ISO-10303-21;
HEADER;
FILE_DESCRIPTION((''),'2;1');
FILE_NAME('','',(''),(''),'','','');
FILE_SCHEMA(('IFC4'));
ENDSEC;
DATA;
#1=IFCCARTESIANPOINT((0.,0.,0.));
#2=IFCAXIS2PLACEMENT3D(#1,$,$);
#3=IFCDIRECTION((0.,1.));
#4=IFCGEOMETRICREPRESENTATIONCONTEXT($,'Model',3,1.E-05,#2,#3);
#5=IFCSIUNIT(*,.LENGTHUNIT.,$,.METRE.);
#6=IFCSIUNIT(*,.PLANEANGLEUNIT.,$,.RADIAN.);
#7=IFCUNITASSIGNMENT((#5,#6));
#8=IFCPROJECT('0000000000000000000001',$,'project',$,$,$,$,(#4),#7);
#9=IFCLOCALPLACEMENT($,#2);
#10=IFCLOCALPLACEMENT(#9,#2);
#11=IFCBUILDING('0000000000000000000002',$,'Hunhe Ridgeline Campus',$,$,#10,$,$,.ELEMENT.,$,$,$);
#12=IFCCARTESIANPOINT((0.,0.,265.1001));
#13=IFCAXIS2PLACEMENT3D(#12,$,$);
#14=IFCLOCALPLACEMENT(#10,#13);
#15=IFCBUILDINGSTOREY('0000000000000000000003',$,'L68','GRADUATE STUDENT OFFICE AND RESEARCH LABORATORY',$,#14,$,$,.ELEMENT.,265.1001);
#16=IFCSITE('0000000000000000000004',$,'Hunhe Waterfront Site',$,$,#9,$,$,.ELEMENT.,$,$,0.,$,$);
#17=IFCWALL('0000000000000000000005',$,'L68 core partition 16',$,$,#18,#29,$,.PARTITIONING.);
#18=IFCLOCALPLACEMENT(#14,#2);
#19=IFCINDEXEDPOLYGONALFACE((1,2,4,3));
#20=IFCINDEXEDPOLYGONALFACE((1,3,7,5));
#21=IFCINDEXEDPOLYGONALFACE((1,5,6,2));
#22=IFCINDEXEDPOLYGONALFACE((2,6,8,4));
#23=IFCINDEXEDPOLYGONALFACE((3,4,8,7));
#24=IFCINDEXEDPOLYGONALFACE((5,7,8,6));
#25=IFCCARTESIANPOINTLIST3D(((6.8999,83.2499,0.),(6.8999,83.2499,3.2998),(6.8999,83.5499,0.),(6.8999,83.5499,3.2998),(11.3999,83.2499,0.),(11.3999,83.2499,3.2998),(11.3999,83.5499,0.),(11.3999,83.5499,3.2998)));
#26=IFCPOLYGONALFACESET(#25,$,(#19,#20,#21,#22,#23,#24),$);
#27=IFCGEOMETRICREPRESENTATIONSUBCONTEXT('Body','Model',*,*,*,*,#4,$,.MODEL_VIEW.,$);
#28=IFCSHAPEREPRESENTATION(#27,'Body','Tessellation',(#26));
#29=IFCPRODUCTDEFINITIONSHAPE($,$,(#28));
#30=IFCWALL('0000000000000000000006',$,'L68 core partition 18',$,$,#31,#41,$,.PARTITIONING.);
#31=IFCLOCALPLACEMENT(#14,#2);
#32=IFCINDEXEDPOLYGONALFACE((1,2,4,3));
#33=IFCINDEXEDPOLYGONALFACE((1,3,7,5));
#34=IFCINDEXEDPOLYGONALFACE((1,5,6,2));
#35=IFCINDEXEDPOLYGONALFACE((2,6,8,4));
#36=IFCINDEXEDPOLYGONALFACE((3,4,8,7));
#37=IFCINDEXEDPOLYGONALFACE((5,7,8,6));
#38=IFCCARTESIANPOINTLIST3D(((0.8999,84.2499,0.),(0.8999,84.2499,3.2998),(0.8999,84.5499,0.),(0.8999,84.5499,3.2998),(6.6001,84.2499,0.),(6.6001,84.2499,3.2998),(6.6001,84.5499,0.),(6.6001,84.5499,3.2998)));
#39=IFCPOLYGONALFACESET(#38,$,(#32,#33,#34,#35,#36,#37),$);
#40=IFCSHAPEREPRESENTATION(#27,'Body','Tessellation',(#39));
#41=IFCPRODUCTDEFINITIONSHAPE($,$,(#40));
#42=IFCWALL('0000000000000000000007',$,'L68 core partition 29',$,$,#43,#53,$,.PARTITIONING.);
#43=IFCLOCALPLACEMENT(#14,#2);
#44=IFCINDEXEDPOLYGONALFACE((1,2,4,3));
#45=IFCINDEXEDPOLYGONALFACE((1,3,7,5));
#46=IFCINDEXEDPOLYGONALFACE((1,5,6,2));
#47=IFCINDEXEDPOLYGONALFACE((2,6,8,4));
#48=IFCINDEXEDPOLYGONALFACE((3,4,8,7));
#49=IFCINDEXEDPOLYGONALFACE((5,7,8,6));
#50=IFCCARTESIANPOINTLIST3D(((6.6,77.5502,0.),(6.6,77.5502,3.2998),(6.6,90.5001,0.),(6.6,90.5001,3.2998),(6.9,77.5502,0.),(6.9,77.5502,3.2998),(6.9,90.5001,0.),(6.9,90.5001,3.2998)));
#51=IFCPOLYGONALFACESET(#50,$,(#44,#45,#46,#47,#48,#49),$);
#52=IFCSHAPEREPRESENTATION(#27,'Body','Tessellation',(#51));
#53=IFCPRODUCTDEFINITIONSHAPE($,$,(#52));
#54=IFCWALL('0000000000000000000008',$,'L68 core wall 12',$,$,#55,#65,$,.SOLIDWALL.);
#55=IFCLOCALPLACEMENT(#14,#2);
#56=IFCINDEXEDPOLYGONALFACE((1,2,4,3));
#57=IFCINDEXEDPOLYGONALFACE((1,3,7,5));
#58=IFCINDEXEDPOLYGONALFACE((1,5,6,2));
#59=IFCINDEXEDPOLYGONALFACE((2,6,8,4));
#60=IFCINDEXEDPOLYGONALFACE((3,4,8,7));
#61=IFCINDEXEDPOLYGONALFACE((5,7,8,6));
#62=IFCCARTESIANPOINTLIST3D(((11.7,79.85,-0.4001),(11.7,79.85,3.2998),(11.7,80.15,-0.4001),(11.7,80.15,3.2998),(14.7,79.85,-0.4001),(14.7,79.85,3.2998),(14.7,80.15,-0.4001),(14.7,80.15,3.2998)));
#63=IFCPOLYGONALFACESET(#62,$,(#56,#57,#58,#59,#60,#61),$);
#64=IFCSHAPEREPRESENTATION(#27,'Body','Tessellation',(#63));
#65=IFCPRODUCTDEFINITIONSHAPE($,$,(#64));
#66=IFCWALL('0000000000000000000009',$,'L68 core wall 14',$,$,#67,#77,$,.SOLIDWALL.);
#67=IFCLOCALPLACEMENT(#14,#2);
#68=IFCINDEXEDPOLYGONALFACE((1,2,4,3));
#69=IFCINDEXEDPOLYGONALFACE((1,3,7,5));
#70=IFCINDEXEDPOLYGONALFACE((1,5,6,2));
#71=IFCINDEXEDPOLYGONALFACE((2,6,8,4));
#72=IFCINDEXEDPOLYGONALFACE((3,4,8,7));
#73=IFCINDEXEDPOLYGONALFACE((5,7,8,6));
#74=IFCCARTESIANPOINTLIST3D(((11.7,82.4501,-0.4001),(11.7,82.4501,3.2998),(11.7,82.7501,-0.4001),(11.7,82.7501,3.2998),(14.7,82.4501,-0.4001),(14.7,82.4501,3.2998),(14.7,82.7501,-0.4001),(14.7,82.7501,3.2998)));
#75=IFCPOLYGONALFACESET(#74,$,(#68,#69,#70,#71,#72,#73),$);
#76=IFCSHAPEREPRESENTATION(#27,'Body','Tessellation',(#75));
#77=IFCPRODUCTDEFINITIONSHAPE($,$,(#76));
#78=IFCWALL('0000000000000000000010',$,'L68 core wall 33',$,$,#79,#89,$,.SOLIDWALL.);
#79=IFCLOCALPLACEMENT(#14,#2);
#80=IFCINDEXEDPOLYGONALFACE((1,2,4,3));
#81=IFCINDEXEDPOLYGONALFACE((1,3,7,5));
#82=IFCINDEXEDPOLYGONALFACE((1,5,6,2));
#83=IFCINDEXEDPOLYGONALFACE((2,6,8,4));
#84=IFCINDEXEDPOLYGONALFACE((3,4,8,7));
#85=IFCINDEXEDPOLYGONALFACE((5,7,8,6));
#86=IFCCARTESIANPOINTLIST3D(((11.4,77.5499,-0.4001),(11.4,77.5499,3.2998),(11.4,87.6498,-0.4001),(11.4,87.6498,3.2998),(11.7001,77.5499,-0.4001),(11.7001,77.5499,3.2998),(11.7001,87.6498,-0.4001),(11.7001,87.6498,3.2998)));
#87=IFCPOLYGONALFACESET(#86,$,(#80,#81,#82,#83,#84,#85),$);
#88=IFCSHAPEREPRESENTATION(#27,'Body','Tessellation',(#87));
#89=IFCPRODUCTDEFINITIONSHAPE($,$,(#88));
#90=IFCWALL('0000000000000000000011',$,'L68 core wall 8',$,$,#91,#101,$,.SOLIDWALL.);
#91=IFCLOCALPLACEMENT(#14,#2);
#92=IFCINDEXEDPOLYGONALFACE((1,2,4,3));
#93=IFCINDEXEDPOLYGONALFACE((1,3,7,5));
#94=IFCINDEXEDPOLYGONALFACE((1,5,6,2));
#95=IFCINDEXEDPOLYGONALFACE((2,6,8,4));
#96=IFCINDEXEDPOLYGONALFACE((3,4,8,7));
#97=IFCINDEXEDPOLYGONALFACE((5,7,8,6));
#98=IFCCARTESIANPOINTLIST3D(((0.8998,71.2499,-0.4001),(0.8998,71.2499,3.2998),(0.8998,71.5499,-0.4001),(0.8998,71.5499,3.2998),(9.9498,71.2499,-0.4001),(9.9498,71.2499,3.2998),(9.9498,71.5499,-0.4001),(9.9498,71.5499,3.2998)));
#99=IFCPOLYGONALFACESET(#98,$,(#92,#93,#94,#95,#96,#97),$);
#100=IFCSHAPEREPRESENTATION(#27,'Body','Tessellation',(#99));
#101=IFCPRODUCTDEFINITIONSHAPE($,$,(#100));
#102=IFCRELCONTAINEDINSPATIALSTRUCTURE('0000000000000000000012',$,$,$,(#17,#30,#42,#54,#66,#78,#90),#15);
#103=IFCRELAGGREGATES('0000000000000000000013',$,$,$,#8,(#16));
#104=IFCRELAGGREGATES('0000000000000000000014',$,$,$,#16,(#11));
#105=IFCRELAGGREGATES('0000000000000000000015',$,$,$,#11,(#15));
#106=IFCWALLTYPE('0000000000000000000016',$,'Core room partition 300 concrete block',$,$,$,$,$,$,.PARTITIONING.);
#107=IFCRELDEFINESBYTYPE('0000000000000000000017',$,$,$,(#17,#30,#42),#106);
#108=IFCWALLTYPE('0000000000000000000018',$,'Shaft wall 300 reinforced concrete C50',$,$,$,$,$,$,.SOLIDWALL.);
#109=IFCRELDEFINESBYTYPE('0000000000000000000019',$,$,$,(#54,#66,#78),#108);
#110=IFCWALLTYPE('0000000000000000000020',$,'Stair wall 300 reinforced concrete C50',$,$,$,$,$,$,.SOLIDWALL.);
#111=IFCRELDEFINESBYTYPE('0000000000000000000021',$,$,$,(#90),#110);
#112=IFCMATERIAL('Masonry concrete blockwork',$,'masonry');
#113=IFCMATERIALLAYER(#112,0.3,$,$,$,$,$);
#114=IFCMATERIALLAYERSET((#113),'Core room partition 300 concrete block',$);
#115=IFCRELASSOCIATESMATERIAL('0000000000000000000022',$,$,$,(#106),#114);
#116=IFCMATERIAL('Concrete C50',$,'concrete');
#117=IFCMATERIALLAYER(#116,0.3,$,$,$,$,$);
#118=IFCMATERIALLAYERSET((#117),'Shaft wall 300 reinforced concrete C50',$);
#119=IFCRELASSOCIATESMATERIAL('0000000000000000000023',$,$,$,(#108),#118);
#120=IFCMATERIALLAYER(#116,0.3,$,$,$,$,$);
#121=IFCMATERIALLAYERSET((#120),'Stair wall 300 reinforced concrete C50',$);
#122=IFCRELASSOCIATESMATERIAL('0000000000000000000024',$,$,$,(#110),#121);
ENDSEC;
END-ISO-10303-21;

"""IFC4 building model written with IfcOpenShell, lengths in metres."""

from ifc_helpers import new_model, si_unit, direction, frame, frame_2d, origin, place, context, subcontext, project, spatial, rectangle, extrude, material, layer, layer_set, type_object, element, save


model = new_model("IFC4")

# Units and contexts
model_context = context("Model", 3, precision=1e-05, world=origin(), true_north=direction((0.0, 1.0)))
body_context = subcontext(model_context, "Body", "Model", "MODEL_VIEW")
ifc_project = project(units=[si_unit("LENGTHUNIT", "METRE"), si_unit("PLANEANGLEUNIT", "RADIAN")], contexts=[model_context])

# Site, building, storey
site_placement = place(None, origin())
site = spatial("IfcSite", under=ifc_project, at=site_placement, Name="Hunhe Waterfront Site", CompositionType="ELEMENT", RefElevation=0.0)
building_placement = place(site_placement, origin())
building = spatial("IfcBuilding", under=site, at=building_placement, Name="Hunhe Ridgeline Campus", CompositionType="ELEMENT")
storey_placement = place(building_placement, frame((0.0, 0.0, 265.1001)))
storey = spatial("IfcBuildingStorey", under=building, at=storey_placement, Name="L68", Description="GRADUATE STUDENT OFFICE AND RESEARCH LABORATORY", CompositionType="ELEMENT", Elevation=265.1001)

# Shared definitions
ifc_material_1 = material(Name="Masonry concrete blockwork", Category="masonry")
ifc_layer_1 = layer(ifc_material_1, 0.3)
ifc_layer_set_1 = layer_set([ifc_layer_1], Name="Core room partition 300 concrete block")
wall_type_1 = type_object("IfcWallType", Name="Core room partition 300 concrete block", PredefinedType="PARTITIONING", material=ifc_layer_set_1)

# Walls
wall_1_placement = place(storey_placement, frame((6.8999, 83.3999, 0.0), z_axis=(0.0, 0.0, 1.0), x_axis=(1.0, 0.0, 0.0)))
element("IfcWall", 1, at=wall_1_placement, inside=storey, type_object=wall_type_1, Name="L68 core partition 16", PredefinedType="PARTITIONING", context=body_context, shape_type="SweptSolid", body=[
    extrude(rectangle(XDim=4.5, YDim=0.3, at=frame_2d((2.25, 0.0))), origin(), (0.0, 0.0, 1.0), 3.2998),
])
wall_2_placement = place(storey_placement, frame((0.8999, 84.3999, 0.0), z_axis=(0.0, 0.0, 1.0), x_axis=(1.0, 0.0, 0.0)))
element("IfcWall", 2, at=wall_2_placement, inside=storey, type_object=wall_type_1, Name="L68 core partition 18", PredefinedType="PARTITIONING", context=body_context, shape_type="SweptSolid", body=[
    extrude(rectangle(XDim=5.7002, YDim=0.3, at=frame_2d((2.8501, 0.0))), origin(), (0.0, 0.0, 1.0), 3.2998),
])
wall_3_placement = place(storey_placement, frame((6.75, 77.55, 0.0), z_axis=(0.0, 0.0, 1.0), x_axis=(0.0, 1.0, 0.0)))
element("IfcWall", 3, at=wall_3_placement, inside=storey, type_object=wall_type_1, Name="L68 core partition 29", PredefinedType="PARTITIONING", context=body_context, shape_type="SweptSolid", body=[
    extrude(rectangle(XDim=12.95, YDim=0.3, at=frame_2d((6.4751, 0.0))), origin(), (0.0, 0.0, 1.0), 3.2998),
])

# Shared definitions
ifc_material_2 = material(Name="Concrete C50", Category="concrete")
ifc_layer_2 = layer(ifc_material_2, 0.3)
ifc_layer_set_2 = layer_set([ifc_layer_2], Name="Shaft wall 300 reinforced concrete C50")
wall_type_2 = type_object("IfcWallType", Name="Shaft wall 300 reinforced concrete C50", PredefinedType="SOLIDWALL", material=ifc_layer_set_2)

# Walls
for number, where, z_axis, x_axis, name in (
    (4, (11.7, 80.0, -0.4001), (0.0, 0.0, 1.0), (1.0, 0.0, 0.0), "L68 core wall 12"),
    (5, (11.7, 82.6001, -0.4001), (0.0, 0.0, 1.0), (1.0, 0.0, 0.0), "L68 core wall 14"),
):
    element("IfcWall", number, at=place(storey_placement, frame(where, z_axis=z_axis, x_axis=x_axis)), inside=storey, type_object=wall_type_2, Name=name, PredefinedType="SOLIDWALL", context=body_context, shape_type="SweptSolid", body=[
        extrude(rectangle(XDim=3.0, YDim=0.3, at=frame_2d((1.5, 0.0))), origin(), (0.0, 0.0, 1.0), 3.7),
    ])
wall_4_placement = place(storey_placement, frame((11.55, 77.55, -0.4001), z_axis=(0.0, 0.0, 1.0), x_axis=(0.0, 1.0, 0.0)))
element("IfcWall", 6, at=wall_4_placement, inside=storey, type_object=wall_type_2, Name="L68 core wall 33", PredefinedType="SOLIDWALL", context=body_context, shape_type="SweptSolid", body=[
    extrude(rectangle(XDim=10.0999, YDim=0.3, at=frame_2d((5.0498, 0.0))), origin(), (0.0, 0.0, 1.0), 3.7),
])
ifc_layer_3 = layer(ifc_material_2, 0.3)
ifc_layer_set_3 = layer_set([ifc_layer_3], Name="Stair wall 300 reinforced concrete C50")
wall_type_3 = type_object("IfcWallType", Name="Stair wall 300 reinforced concrete C50", PredefinedType="SOLIDWALL", material=ifc_layer_set_3)
wall_5_placement = place(storey_placement, frame((0.8999, 71.3999, -0.4001), z_axis=(0.0, 0.0, 1.0), x_axis=(1.0, 0.0, 0.0)))
element("IfcWall", 7, at=wall_5_placement, inside=storey, type_object=wall_type_3, Name="L68 core wall 8", PredefinedType="SOLIDWALL", context=body_context, shape_type="SweptSolid", body=[
    extrude(rectangle(XDim=9.05, YDim=0.3, at=frame_2d((4.5249, 0.0))), origin(), (0.0, 0.0, 1.0), 3.7),
])

save(model, "model.ifc")
